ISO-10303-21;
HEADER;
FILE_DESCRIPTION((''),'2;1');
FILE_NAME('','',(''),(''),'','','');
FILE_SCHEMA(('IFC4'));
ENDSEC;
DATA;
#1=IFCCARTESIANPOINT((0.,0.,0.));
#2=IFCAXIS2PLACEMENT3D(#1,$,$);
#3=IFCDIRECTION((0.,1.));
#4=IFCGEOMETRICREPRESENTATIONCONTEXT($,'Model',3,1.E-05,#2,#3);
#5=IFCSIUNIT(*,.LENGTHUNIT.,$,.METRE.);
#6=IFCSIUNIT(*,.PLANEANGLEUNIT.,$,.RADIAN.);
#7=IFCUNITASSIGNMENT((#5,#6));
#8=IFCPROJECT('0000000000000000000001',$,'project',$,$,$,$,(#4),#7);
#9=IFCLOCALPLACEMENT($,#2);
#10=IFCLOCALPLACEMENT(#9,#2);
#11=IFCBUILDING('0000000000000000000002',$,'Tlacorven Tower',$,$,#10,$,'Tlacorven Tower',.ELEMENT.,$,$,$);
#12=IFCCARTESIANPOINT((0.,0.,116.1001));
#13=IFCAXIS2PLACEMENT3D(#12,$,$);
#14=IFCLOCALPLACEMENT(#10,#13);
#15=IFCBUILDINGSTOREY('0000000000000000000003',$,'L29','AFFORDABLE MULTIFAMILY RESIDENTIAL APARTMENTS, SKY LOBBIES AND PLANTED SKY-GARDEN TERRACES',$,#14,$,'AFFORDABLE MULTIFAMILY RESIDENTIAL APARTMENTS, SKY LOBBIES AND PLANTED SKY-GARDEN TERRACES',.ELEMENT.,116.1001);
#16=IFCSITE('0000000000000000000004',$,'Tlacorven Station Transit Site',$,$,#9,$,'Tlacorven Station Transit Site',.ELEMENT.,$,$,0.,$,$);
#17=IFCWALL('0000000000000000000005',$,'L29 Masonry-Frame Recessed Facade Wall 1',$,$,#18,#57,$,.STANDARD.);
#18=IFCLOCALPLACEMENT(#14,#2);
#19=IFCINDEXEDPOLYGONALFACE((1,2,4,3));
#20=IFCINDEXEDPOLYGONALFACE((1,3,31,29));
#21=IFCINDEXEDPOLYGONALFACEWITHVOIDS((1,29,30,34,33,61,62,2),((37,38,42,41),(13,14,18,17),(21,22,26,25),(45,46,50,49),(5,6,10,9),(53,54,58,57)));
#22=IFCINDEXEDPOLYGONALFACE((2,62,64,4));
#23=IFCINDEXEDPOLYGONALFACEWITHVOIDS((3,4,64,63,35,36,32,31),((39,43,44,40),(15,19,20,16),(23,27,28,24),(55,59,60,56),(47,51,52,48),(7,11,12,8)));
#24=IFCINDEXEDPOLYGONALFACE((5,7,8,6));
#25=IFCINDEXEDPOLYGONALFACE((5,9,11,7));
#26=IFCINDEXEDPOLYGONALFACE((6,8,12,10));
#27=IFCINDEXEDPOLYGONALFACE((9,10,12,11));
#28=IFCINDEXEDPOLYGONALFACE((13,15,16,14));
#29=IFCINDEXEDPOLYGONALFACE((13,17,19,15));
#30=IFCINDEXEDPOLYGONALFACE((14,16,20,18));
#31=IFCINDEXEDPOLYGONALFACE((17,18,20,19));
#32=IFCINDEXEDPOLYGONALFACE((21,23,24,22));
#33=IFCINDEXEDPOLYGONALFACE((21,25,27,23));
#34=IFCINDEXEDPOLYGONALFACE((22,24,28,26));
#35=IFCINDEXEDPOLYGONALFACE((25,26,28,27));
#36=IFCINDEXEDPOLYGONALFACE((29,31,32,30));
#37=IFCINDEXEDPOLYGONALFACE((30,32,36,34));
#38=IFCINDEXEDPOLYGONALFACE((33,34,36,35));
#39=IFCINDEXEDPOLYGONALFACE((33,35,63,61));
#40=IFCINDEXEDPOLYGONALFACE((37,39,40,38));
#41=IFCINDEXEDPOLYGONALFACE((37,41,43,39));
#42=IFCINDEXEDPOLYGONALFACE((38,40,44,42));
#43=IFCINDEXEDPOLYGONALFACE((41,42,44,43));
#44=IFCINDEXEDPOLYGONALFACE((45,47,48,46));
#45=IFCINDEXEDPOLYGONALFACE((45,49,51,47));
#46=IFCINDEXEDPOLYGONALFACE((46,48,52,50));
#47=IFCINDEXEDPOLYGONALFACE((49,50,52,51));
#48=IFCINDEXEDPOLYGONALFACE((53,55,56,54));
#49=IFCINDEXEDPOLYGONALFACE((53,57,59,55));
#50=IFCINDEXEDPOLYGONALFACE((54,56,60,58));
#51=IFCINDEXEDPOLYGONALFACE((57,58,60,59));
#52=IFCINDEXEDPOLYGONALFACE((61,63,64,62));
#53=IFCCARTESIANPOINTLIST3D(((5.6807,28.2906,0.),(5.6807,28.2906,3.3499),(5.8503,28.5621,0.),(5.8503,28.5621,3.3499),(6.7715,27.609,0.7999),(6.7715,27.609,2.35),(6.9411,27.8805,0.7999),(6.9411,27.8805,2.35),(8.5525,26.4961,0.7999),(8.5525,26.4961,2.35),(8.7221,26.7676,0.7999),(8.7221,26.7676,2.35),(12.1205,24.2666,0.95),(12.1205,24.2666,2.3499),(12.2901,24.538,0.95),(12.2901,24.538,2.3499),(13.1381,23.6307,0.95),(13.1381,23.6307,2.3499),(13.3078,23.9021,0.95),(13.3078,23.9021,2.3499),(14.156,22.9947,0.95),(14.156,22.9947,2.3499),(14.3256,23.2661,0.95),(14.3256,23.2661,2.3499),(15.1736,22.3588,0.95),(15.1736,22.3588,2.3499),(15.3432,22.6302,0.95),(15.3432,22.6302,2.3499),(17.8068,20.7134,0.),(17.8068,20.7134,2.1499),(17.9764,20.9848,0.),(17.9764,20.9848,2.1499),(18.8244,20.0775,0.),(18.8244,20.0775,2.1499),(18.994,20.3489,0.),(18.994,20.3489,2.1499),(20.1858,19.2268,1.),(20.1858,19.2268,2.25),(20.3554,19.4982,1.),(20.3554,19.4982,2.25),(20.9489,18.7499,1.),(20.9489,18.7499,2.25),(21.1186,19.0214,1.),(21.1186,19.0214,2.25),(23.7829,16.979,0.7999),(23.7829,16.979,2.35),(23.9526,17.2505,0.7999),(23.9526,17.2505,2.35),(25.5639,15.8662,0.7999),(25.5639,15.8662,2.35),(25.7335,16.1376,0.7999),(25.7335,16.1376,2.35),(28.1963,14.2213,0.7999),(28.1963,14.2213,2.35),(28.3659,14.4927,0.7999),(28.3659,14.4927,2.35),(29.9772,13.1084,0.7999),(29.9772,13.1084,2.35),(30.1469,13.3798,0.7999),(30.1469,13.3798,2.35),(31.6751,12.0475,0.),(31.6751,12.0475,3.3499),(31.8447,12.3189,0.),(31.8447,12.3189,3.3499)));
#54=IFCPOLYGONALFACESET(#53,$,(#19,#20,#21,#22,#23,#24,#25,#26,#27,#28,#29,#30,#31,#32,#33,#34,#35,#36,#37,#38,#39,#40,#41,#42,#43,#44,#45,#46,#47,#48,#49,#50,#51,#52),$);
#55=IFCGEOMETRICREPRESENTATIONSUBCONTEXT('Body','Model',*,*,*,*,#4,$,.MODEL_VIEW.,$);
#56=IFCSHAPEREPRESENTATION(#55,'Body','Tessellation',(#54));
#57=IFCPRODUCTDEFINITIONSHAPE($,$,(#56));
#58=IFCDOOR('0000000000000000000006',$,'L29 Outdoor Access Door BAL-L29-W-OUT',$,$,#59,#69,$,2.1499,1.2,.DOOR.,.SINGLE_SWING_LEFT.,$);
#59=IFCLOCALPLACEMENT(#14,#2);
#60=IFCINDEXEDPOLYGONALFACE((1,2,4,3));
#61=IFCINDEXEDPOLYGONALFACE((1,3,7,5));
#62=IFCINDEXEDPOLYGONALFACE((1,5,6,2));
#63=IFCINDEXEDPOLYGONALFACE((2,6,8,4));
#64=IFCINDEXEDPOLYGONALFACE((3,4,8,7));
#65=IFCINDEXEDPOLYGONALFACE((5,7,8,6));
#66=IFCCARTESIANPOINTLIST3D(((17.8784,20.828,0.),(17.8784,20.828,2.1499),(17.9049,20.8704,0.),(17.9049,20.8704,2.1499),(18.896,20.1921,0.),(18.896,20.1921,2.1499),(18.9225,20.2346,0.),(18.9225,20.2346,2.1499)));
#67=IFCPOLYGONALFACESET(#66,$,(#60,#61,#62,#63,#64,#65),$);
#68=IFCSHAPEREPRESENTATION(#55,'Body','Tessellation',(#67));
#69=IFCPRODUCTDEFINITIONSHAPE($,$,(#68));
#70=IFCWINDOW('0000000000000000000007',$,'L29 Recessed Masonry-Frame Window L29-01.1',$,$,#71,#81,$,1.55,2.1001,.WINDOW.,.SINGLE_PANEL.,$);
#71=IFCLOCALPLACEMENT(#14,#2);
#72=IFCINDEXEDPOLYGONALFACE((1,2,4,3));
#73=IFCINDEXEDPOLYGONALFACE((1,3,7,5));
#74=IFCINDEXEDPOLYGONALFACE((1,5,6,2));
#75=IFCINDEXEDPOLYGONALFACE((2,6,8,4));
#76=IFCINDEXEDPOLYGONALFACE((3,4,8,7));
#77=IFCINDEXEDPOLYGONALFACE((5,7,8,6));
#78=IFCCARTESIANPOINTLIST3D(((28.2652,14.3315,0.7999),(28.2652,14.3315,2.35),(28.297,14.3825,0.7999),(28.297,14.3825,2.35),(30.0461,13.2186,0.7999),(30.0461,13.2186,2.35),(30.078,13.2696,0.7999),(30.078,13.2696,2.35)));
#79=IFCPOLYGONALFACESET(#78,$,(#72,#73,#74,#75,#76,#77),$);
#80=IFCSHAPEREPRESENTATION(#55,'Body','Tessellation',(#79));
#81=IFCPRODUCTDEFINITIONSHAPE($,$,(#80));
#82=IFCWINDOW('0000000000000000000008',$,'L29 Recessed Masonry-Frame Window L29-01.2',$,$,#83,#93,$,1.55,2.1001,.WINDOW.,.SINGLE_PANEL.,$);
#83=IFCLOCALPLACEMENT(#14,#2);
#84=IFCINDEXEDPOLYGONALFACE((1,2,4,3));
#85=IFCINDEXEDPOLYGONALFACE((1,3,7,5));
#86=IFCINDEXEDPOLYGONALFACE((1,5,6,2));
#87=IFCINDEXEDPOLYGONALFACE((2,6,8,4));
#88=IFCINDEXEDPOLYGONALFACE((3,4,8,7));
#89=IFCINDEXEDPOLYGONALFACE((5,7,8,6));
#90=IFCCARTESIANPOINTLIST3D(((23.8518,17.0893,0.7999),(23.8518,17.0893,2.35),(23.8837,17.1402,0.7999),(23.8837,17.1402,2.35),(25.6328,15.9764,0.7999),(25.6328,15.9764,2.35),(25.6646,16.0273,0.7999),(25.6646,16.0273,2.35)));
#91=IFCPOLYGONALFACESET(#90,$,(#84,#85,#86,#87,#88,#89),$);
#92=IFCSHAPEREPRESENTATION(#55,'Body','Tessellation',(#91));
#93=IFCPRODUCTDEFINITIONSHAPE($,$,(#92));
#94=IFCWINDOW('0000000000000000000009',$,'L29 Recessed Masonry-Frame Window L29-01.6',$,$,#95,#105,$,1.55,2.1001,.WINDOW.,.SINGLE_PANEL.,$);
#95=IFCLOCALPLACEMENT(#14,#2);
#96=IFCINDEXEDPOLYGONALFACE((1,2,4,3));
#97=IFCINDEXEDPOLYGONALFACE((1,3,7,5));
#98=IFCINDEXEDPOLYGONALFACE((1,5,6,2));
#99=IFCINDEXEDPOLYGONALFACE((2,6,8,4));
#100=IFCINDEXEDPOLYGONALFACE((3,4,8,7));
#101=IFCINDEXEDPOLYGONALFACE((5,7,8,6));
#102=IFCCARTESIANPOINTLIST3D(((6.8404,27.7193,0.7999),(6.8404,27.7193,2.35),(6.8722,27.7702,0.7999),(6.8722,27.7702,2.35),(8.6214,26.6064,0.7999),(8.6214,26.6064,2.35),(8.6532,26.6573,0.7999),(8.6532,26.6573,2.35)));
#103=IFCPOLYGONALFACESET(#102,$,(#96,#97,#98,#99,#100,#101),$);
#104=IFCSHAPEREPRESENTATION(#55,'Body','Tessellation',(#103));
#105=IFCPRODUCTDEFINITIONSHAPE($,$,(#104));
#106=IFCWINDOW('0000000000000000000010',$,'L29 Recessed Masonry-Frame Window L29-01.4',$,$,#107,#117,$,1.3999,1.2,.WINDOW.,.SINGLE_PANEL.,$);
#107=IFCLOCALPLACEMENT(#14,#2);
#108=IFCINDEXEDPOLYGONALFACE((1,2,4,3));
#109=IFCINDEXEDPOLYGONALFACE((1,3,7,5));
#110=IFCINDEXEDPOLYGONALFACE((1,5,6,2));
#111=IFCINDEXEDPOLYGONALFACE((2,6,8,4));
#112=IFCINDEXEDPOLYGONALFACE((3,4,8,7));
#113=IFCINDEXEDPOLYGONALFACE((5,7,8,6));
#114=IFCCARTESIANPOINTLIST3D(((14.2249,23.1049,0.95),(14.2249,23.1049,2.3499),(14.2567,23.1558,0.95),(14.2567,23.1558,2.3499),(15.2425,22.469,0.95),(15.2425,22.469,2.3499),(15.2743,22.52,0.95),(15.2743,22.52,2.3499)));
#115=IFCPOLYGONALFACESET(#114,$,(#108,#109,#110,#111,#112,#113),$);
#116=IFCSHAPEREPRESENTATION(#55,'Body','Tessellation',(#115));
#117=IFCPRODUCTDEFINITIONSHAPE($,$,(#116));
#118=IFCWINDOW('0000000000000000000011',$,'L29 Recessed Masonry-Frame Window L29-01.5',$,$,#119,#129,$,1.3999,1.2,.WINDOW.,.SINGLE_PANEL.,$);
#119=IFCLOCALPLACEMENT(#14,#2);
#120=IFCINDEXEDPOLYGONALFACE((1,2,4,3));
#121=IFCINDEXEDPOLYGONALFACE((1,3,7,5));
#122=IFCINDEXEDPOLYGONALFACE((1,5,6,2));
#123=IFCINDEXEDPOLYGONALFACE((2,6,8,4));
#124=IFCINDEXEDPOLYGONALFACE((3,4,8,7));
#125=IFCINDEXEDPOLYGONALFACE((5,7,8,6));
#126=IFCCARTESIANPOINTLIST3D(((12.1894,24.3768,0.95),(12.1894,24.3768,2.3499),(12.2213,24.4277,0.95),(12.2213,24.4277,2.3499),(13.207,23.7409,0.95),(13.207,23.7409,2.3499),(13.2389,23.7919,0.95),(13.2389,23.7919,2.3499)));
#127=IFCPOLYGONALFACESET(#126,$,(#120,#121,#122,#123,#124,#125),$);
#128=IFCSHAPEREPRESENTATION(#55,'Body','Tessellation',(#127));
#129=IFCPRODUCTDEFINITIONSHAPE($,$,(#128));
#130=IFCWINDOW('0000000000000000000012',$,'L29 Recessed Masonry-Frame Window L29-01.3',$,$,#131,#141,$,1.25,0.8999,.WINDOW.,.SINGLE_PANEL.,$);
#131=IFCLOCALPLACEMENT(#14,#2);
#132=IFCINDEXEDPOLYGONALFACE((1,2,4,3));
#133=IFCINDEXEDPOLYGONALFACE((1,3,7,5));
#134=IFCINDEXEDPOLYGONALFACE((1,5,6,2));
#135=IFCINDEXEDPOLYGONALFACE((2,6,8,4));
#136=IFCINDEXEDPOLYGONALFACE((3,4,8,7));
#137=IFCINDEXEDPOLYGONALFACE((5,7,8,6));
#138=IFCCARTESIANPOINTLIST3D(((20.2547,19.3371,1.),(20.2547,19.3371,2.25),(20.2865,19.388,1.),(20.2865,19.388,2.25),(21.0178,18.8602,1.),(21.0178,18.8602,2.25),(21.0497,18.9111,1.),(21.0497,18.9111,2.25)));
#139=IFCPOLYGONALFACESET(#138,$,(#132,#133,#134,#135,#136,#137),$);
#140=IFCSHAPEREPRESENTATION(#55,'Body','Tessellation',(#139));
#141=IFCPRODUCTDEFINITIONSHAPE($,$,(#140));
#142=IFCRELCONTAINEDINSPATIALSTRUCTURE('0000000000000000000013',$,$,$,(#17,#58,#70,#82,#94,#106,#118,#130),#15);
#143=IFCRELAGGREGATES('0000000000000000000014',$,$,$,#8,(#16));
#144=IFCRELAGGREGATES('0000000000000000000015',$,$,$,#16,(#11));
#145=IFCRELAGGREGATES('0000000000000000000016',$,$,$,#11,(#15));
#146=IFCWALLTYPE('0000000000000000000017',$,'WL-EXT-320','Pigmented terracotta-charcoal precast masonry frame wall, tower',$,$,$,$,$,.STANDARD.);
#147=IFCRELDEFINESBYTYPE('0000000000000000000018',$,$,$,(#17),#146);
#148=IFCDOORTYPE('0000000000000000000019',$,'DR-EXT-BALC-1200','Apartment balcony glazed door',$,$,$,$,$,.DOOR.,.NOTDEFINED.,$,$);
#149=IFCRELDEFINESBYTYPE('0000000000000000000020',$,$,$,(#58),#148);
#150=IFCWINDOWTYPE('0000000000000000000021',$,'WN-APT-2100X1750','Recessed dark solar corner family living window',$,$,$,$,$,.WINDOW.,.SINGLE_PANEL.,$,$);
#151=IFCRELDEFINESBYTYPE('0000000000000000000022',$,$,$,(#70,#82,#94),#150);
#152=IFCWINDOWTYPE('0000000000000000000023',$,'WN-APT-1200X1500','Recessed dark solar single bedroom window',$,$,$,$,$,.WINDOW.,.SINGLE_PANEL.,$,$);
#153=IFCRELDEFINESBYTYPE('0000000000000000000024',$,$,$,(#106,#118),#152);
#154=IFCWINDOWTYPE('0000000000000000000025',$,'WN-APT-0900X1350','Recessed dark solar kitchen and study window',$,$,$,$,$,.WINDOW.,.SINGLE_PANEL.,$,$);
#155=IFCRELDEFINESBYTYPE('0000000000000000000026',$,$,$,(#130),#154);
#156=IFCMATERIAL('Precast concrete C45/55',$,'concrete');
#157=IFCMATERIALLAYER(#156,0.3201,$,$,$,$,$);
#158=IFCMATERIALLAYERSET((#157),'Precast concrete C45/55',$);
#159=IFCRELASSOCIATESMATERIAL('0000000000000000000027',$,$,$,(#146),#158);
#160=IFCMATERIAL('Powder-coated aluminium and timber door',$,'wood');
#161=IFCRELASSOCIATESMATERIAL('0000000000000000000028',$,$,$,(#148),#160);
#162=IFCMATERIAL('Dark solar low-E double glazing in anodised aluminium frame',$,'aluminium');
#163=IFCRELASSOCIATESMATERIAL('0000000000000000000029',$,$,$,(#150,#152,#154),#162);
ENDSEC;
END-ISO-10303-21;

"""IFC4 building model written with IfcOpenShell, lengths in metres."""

from ifc_helpers import new_model, si_unit, direction, frame, frame_2d, origin, place, context, subcontext, project, spatial, rectangle, extrude, source, transform, mapped, material, layer, layer_set, type_object, element, fill, save


model = new_model("IFC4")

# Units and contexts
model_context = context("Model", 3, precision=1e-05, world=origin(), true_north=direction((0.0, 1.0)))
body_context = subcontext(model_context, "Body", "Model", "MODEL_VIEW")
ifc_project = project(units=[si_unit("LENGTHUNIT", "METRE"), si_unit("PLANEANGLEUNIT", "RADIAN")], contexts=[model_context])

# Site, building, storey
site_placement = place(None, origin())
site = spatial("IfcSite", under=ifc_project, at=site_placement, Name="Tlacorven Station Transit Site", LongName="Tlacorven Station Transit Site", CompositionType="ELEMENT", RefElevation=0.0)
building_placement = place(site_placement, origin())
building = spatial("IfcBuilding", under=site, at=building_placement, Name="Tlacorven Tower", LongName="Tlacorven Tower", CompositionType="ELEMENT")
storey_placement = place(building_placement, frame((0.0, 0.0, 116.1001)))
storey = spatial("IfcBuildingStorey", under=building, at=storey_placement, Name="L29", Description="AFFORDABLE MULTIFAMILY RESIDENTIAL APARTMENTS, SKY LOBBIES AND PLANTED SKY-GARDEN TERRACES", LongName="AFFORDABLE MULTIFAMILY RESIDENTIAL APARTMENTS, SKY LOBBIES AND PLANTED SKY-GARDEN TERRACES", CompositionType="ELEMENT", Elevation=116.1001)

# Wall, openings, door, windows
ifc_material_1 = material(Name="Precast concrete C45/55", Category="concrete")
ifc_layer_1 = layer(ifc_material_1, 0.3201)
ifc_layer_set_1 = layer_set([ifc_layer_1], Name="Precast concrete C45/55")
wall_type_1 = type_object("IfcWallType", Name="WL-EXT-320", Description="Pigmented terracotta-charcoal precast masonry frame wall, tower", PredefinedType="STANDARD", material=ifc_layer_set_1)
wall_1_placement = place(storey_placement, frame((31.76, 12.1831, 0.0), z_axis=(0.0, 0.0, 1.0), x_axis=(-0.848047, 0.529921, 0.0)))
wall_1 = element("IfcWall", 1, at=wall_1_placement, inside=storey, type_object=wall_type_1, Name="L29 Masonry-Frame Recessed Facade Wall 1", PredefinedType="STANDARD", context=body_context, shape_type="SweptSolid", body=[
    extrude(rectangle(XDim=30.6521, YDim=0.3201, at=frame_2d((15.3262, 0.0))), origin(), (0.0, 0.0, 1.0), 3.3499),
])
opening_1_placement = place(wall_1_placement, frame((15.1533, 0.0, 0.0)))
opening_1 = element("IfcOpeningElement", 2, at=opening_1_placement, cuts=wall_1, PredefinedType="OPENING", context=body_context, shape_type="SweptSolid", body=[
    extrude(rectangle(XDim=1.2, YDim=2.1499, at=frame_2d((0.6001, 1.075))), frame((0.0, 0.1699, 0.0), z_axis=(0.0, -1.0, 0.0), x_axis=(1.0, 0.0, 0.0)), (0.0, 0.0, 1.0), 0.3401),
])
opening_2_placement = place(wall_1_placement, frame((2.0022, 0.0, 0.8)))
opening_2 = element("IfcOpeningElement", 3, at=opening_2_placement, cuts=wall_1, PredefinedType="OPENING", context=body_context, shape_type="SweptSolid", body=[
    extrude(rectangle(XDim=2.1001, YDim=1.55, at=frame_2d((1.05, 0.7749))), frame((0.0, 0.1699, 0.0), z_axis=(0.0, -1.0, 0.0), x_axis=(1.0, 0.0, 0.0)), (0.0, 0.0, 1.0), 0.3401),
])
opening_3_placement = place(wall_1_placement, frame((7.2063, 0.0, 0.8)))
opening_3 = element("IfcOpeningElement", 4, at=opening_3_placement, cuts=wall_1, PredefinedType="OPENING", context=body_context, shape_type="SweptSolid", body=[
    extrude(rectangle(XDim=2.1001, YDim=1.55, at=frame_2d((1.05, 0.7749))), frame((0.0, 0.1699, 0.0), z_axis=(0.0, -1.0, 0.0), x_axis=(1.0, 0.0, 0.0)), (0.0, 0.0, 1.0), 0.3401),
])
opening_4_placement = place(wall_1_placement, frame((12.6482, 0.0, 1.0)))
opening_4 = element("IfcOpeningElement", 5, at=opening_4_placement, cuts=wall_1, PredefinedType="OPENING", context=body_context, shape_type="SweptSolid", body=[
    extrude(rectangle(XDim=0.8999, YDim=1.25, at=frame_2d((0.45, 0.625))), frame((0.0, 0.1699, 0.0), z_axis=(0.0, -1.0, 0.0), x_axis=(1.0, 0.0, 0.0)), (0.0, 0.0, 1.0), 0.3401),
])
opening_5_placement = place(wall_1_placement, frame((19.4583, 0.0, 0.95)))
opening_5 = element("IfcOpeningElement", 6, at=opening_5_placement, cuts=wall_1, PredefinedType="OPENING", context=body_context, shape_type="SweptSolid", body=[
    extrude(rectangle(XDim=1.2, YDim=1.3999, at=frame_2d((0.6001, 0.7))), frame((0.0, 0.1699, 0.0), z_axis=(0.0, -1.0, 0.0), x_axis=(1.0, 0.0, 0.0)), (0.0, 0.0, 1.0), 0.3401),
])
opening_6_placement = place(wall_1_placement, frame((21.8584, 0.0, 0.95)))
opening_6 = element("IfcOpeningElement", 7, at=opening_6_placement, cuts=wall_1, PredefinedType="OPENING", context=body_context, shape_type="SweptSolid", body=[
    extrude(rectangle(XDim=1.2, YDim=1.3999, at=frame_2d((0.6001, 0.7))), frame((0.0, 0.1699, 0.0), z_axis=(0.0, -1.0, 0.0), x_axis=(1.0, 0.0, 0.0)), (0.0, 0.0, 1.0), 0.3401),
])
opening_7_placement = place(wall_1_placement, frame((27.2659, 0.0, 0.8)))
opening_7 = element("IfcOpeningElement", 8, at=opening_7_placement, cuts=wall_1, PredefinedType="OPENING", context=body_context, shape_type="SweptSolid", body=[
    extrude(rectangle(XDim=2.1001, YDim=1.55, at=frame_2d((1.05, 0.7749))), frame((0.0, 0.1699, 0.0), z_axis=(0.0, -1.0, 0.0), x_axis=(1.0, 0.0, 0.0)), (0.0, 0.0, 1.0), 0.3401),
])
ifc_material_2 = material(Name="Powder-coated aluminium and timber door", Category="wood")
door_type_1 = type_object("IfcDoorType", Name="DR-EXT-BALC-1200", Description="Apartment balcony glazed door", OperationType="NOTDEFINED", PredefinedType="DOOR", material=ifc_material_2)
shared_shape_1 = source(origin(), body_context, "Body", "SweptSolid", [
    extrude(rectangle(XDim=1.2, YDim=2.1499, at=frame_2d((0.6001, 1.075))), frame((0.0, 0.0249, 0.0), z_axis=(0.0, -1.0, 0.0), x_axis=(1.0, 0.0, 0.0)), (0.0, 0.0, 1.0), 0.05),
])
door_1_placement = place(opening_1_placement, origin())
door_1 = element("IfcDoor", 9, at=door_1_placement, inside=storey, type_object=door_type_1, Name="L29 Outdoor Access Door BAL-L29-W-OUT", OperationType="SINGLE_SWING_LEFT", OverallHeight=2.1499, OverallWidth=1.2, PredefinedType="DOOR", context=body_context, shape_type="MappedRepresentation", body=[
    mapped(shared_shape_1, transform((0.0, 0.0, 0.0), scale=1.0)),
])
fill(opening_1, door_1)
ifc_material_3 = material(Name="Dark solar low-E double glazing in anodised aluminium frame", Category="aluminium")
window_type_1 = type_object("IfcWindowType", Name="WN-APT-2100X1750", Description="Recessed dark solar corner family living window", PartitioningType="SINGLE_PANEL", PredefinedType="WINDOW", material=ifc_material_3)
shared_shape_2 = source(origin(), body_context, "Body", "SweptSolid", [
    extrude(rectangle(XDim=2.1001, YDim=1.55, at=frame_2d((1.05, 0.7749))), frame((0.0, 0.03, 0.0), z_axis=(0.0, -1.0, 0.0), x_axis=(1.0, 0.0, 0.0)), (0.0, 0.0, 1.0), 0.0601),
])
window_1_placement = place(opening_2_placement, origin())
window_1 = element("IfcWindow", 10, at=window_1_placement, inside=storey, type_object=window_type_1, Name="L29 Recessed Masonry-Frame Window L29-01.1", OverallHeight=1.55, OverallWidth=2.1001, PartitioningType="SINGLE_PANEL", PredefinedType="WINDOW", context=body_context, shape_type="MappedRepresentation", body=[
    mapped(shared_shape_2, transform((0.0, 0.0, 0.0), scale=1.0)),
])
fill(opening_2, window_1)
window_2_placement = place(opening_3_placement, origin())
window_2 = element("IfcWindow", 11, at=window_2_placement, inside=storey, type_object=window_type_1, Name="L29 Recessed Masonry-Frame Window L29-01.2", OverallHeight=1.55, OverallWidth=2.1001, PartitioningType="SINGLE_PANEL", PredefinedType="WINDOW", context=body_context, shape_type="MappedRepresentation", body=[
    mapped(shared_shape_2, transform((0.0, 0.0, 0.0), scale=1.0)),
])
fill(opening_3, window_2)
window_3_placement = place(opening_7_placement, origin())
window_3 = element("IfcWindow", 12, at=window_3_placement, inside=storey, type_object=window_type_1, Name="L29 Recessed Masonry-Frame Window L29-01.6", OverallHeight=1.55, OverallWidth=2.1001, PartitioningType="SINGLE_PANEL", PredefinedType="WINDOW", context=body_context, shape_type="MappedRepresentation", body=[
    mapped(shared_shape_2, transform((0.0, 0.0, 0.0), scale=1.0)),
])
fill(opening_7, window_3)
window_type_2 = type_object("IfcWindowType", Name="WN-APT-1200X1500", Description="Recessed dark solar single bedroom window", PartitioningType="SINGLE_PANEL", PredefinedType="WINDOW", material=ifc_material_3)
shared_shape_3 = source(origin(), body_context, "Body", "SweptSolid", [
    extrude(rectangle(XDim=1.2, YDim=1.3999, at=frame_2d((0.6001, 0.7))), frame((0.0, 0.03, 0.0), z_axis=(0.0, -1.0, 0.0), x_axis=(1.0, 0.0, 0.0)), (0.0, 0.0, 1.0), 0.0601),
])
window_4_placement = place(opening_5_placement, origin())
window_4 = element("IfcWindow", 13, at=window_4_placement, inside=storey, type_object=window_type_2, Name="L29 Recessed Masonry-Frame Window L29-01.4", OverallHeight=1.3999, OverallWidth=1.2, PartitioningType="SINGLE_PANEL", PredefinedType="WINDOW", context=body_context, shape_type="MappedRepresentation", body=[
    mapped(shared_shape_3, transform((0.0, 0.0, 0.0), scale=1.0)),
])
fill(opening_5, window_4)
window_5_placement = place(opening_6_placement, origin())
window_5 = element("IfcWindow", 14, at=window_5_placement, inside=storey, type_object=window_type_2, Name="L29 Recessed Masonry-Frame Window L29-01.5", OverallHeight=1.3999, OverallWidth=1.2, PartitioningType="SINGLE_PANEL", PredefinedType="WINDOW", context=body_context, shape_type="MappedRepresentation", body=[
    mapped(shared_shape_3, transform((0.0, 0.0, 0.0), scale=1.0)),
])
fill(opening_6, window_5)
window_type_3 = type_object("IfcWindowType", Name="WN-APT-0900X1350", Description="Recessed dark solar kitchen and study window", PartitioningType="SINGLE_PANEL", PredefinedType="WINDOW", material=ifc_material_3)
shared_shape_4 = source(origin(), body_context, "Body", "SweptSolid", [
    extrude(rectangle(XDim=0.8999, YDim=1.25, at=frame_2d((0.45, 0.625))), frame((0.0, 0.03, 0.0), z_axis=(0.0, -1.0, 0.0), x_axis=(1.0, 0.0, 0.0)), (0.0, 0.0, 1.0), 0.0601),
])
window_6_placement = place(opening_4_placement, origin())
window_6 = element("IfcWindow", 15, at=window_6_placement, inside=storey, type_object=window_type_3, Name="L29 Recessed Masonry-Frame Window L29-01.3", OverallHeight=1.25, OverallWidth=0.8999, PartitioningType="SINGLE_PANEL", PredefinedType="WINDOW", context=body_context, shape_type="MappedRepresentation", body=[
    mapped(shared_shape_4, transform((0.0, 0.0, 0.0), scale=1.0)),
])
fill(opening_4, window_6)

save(model, "model.ifc")
